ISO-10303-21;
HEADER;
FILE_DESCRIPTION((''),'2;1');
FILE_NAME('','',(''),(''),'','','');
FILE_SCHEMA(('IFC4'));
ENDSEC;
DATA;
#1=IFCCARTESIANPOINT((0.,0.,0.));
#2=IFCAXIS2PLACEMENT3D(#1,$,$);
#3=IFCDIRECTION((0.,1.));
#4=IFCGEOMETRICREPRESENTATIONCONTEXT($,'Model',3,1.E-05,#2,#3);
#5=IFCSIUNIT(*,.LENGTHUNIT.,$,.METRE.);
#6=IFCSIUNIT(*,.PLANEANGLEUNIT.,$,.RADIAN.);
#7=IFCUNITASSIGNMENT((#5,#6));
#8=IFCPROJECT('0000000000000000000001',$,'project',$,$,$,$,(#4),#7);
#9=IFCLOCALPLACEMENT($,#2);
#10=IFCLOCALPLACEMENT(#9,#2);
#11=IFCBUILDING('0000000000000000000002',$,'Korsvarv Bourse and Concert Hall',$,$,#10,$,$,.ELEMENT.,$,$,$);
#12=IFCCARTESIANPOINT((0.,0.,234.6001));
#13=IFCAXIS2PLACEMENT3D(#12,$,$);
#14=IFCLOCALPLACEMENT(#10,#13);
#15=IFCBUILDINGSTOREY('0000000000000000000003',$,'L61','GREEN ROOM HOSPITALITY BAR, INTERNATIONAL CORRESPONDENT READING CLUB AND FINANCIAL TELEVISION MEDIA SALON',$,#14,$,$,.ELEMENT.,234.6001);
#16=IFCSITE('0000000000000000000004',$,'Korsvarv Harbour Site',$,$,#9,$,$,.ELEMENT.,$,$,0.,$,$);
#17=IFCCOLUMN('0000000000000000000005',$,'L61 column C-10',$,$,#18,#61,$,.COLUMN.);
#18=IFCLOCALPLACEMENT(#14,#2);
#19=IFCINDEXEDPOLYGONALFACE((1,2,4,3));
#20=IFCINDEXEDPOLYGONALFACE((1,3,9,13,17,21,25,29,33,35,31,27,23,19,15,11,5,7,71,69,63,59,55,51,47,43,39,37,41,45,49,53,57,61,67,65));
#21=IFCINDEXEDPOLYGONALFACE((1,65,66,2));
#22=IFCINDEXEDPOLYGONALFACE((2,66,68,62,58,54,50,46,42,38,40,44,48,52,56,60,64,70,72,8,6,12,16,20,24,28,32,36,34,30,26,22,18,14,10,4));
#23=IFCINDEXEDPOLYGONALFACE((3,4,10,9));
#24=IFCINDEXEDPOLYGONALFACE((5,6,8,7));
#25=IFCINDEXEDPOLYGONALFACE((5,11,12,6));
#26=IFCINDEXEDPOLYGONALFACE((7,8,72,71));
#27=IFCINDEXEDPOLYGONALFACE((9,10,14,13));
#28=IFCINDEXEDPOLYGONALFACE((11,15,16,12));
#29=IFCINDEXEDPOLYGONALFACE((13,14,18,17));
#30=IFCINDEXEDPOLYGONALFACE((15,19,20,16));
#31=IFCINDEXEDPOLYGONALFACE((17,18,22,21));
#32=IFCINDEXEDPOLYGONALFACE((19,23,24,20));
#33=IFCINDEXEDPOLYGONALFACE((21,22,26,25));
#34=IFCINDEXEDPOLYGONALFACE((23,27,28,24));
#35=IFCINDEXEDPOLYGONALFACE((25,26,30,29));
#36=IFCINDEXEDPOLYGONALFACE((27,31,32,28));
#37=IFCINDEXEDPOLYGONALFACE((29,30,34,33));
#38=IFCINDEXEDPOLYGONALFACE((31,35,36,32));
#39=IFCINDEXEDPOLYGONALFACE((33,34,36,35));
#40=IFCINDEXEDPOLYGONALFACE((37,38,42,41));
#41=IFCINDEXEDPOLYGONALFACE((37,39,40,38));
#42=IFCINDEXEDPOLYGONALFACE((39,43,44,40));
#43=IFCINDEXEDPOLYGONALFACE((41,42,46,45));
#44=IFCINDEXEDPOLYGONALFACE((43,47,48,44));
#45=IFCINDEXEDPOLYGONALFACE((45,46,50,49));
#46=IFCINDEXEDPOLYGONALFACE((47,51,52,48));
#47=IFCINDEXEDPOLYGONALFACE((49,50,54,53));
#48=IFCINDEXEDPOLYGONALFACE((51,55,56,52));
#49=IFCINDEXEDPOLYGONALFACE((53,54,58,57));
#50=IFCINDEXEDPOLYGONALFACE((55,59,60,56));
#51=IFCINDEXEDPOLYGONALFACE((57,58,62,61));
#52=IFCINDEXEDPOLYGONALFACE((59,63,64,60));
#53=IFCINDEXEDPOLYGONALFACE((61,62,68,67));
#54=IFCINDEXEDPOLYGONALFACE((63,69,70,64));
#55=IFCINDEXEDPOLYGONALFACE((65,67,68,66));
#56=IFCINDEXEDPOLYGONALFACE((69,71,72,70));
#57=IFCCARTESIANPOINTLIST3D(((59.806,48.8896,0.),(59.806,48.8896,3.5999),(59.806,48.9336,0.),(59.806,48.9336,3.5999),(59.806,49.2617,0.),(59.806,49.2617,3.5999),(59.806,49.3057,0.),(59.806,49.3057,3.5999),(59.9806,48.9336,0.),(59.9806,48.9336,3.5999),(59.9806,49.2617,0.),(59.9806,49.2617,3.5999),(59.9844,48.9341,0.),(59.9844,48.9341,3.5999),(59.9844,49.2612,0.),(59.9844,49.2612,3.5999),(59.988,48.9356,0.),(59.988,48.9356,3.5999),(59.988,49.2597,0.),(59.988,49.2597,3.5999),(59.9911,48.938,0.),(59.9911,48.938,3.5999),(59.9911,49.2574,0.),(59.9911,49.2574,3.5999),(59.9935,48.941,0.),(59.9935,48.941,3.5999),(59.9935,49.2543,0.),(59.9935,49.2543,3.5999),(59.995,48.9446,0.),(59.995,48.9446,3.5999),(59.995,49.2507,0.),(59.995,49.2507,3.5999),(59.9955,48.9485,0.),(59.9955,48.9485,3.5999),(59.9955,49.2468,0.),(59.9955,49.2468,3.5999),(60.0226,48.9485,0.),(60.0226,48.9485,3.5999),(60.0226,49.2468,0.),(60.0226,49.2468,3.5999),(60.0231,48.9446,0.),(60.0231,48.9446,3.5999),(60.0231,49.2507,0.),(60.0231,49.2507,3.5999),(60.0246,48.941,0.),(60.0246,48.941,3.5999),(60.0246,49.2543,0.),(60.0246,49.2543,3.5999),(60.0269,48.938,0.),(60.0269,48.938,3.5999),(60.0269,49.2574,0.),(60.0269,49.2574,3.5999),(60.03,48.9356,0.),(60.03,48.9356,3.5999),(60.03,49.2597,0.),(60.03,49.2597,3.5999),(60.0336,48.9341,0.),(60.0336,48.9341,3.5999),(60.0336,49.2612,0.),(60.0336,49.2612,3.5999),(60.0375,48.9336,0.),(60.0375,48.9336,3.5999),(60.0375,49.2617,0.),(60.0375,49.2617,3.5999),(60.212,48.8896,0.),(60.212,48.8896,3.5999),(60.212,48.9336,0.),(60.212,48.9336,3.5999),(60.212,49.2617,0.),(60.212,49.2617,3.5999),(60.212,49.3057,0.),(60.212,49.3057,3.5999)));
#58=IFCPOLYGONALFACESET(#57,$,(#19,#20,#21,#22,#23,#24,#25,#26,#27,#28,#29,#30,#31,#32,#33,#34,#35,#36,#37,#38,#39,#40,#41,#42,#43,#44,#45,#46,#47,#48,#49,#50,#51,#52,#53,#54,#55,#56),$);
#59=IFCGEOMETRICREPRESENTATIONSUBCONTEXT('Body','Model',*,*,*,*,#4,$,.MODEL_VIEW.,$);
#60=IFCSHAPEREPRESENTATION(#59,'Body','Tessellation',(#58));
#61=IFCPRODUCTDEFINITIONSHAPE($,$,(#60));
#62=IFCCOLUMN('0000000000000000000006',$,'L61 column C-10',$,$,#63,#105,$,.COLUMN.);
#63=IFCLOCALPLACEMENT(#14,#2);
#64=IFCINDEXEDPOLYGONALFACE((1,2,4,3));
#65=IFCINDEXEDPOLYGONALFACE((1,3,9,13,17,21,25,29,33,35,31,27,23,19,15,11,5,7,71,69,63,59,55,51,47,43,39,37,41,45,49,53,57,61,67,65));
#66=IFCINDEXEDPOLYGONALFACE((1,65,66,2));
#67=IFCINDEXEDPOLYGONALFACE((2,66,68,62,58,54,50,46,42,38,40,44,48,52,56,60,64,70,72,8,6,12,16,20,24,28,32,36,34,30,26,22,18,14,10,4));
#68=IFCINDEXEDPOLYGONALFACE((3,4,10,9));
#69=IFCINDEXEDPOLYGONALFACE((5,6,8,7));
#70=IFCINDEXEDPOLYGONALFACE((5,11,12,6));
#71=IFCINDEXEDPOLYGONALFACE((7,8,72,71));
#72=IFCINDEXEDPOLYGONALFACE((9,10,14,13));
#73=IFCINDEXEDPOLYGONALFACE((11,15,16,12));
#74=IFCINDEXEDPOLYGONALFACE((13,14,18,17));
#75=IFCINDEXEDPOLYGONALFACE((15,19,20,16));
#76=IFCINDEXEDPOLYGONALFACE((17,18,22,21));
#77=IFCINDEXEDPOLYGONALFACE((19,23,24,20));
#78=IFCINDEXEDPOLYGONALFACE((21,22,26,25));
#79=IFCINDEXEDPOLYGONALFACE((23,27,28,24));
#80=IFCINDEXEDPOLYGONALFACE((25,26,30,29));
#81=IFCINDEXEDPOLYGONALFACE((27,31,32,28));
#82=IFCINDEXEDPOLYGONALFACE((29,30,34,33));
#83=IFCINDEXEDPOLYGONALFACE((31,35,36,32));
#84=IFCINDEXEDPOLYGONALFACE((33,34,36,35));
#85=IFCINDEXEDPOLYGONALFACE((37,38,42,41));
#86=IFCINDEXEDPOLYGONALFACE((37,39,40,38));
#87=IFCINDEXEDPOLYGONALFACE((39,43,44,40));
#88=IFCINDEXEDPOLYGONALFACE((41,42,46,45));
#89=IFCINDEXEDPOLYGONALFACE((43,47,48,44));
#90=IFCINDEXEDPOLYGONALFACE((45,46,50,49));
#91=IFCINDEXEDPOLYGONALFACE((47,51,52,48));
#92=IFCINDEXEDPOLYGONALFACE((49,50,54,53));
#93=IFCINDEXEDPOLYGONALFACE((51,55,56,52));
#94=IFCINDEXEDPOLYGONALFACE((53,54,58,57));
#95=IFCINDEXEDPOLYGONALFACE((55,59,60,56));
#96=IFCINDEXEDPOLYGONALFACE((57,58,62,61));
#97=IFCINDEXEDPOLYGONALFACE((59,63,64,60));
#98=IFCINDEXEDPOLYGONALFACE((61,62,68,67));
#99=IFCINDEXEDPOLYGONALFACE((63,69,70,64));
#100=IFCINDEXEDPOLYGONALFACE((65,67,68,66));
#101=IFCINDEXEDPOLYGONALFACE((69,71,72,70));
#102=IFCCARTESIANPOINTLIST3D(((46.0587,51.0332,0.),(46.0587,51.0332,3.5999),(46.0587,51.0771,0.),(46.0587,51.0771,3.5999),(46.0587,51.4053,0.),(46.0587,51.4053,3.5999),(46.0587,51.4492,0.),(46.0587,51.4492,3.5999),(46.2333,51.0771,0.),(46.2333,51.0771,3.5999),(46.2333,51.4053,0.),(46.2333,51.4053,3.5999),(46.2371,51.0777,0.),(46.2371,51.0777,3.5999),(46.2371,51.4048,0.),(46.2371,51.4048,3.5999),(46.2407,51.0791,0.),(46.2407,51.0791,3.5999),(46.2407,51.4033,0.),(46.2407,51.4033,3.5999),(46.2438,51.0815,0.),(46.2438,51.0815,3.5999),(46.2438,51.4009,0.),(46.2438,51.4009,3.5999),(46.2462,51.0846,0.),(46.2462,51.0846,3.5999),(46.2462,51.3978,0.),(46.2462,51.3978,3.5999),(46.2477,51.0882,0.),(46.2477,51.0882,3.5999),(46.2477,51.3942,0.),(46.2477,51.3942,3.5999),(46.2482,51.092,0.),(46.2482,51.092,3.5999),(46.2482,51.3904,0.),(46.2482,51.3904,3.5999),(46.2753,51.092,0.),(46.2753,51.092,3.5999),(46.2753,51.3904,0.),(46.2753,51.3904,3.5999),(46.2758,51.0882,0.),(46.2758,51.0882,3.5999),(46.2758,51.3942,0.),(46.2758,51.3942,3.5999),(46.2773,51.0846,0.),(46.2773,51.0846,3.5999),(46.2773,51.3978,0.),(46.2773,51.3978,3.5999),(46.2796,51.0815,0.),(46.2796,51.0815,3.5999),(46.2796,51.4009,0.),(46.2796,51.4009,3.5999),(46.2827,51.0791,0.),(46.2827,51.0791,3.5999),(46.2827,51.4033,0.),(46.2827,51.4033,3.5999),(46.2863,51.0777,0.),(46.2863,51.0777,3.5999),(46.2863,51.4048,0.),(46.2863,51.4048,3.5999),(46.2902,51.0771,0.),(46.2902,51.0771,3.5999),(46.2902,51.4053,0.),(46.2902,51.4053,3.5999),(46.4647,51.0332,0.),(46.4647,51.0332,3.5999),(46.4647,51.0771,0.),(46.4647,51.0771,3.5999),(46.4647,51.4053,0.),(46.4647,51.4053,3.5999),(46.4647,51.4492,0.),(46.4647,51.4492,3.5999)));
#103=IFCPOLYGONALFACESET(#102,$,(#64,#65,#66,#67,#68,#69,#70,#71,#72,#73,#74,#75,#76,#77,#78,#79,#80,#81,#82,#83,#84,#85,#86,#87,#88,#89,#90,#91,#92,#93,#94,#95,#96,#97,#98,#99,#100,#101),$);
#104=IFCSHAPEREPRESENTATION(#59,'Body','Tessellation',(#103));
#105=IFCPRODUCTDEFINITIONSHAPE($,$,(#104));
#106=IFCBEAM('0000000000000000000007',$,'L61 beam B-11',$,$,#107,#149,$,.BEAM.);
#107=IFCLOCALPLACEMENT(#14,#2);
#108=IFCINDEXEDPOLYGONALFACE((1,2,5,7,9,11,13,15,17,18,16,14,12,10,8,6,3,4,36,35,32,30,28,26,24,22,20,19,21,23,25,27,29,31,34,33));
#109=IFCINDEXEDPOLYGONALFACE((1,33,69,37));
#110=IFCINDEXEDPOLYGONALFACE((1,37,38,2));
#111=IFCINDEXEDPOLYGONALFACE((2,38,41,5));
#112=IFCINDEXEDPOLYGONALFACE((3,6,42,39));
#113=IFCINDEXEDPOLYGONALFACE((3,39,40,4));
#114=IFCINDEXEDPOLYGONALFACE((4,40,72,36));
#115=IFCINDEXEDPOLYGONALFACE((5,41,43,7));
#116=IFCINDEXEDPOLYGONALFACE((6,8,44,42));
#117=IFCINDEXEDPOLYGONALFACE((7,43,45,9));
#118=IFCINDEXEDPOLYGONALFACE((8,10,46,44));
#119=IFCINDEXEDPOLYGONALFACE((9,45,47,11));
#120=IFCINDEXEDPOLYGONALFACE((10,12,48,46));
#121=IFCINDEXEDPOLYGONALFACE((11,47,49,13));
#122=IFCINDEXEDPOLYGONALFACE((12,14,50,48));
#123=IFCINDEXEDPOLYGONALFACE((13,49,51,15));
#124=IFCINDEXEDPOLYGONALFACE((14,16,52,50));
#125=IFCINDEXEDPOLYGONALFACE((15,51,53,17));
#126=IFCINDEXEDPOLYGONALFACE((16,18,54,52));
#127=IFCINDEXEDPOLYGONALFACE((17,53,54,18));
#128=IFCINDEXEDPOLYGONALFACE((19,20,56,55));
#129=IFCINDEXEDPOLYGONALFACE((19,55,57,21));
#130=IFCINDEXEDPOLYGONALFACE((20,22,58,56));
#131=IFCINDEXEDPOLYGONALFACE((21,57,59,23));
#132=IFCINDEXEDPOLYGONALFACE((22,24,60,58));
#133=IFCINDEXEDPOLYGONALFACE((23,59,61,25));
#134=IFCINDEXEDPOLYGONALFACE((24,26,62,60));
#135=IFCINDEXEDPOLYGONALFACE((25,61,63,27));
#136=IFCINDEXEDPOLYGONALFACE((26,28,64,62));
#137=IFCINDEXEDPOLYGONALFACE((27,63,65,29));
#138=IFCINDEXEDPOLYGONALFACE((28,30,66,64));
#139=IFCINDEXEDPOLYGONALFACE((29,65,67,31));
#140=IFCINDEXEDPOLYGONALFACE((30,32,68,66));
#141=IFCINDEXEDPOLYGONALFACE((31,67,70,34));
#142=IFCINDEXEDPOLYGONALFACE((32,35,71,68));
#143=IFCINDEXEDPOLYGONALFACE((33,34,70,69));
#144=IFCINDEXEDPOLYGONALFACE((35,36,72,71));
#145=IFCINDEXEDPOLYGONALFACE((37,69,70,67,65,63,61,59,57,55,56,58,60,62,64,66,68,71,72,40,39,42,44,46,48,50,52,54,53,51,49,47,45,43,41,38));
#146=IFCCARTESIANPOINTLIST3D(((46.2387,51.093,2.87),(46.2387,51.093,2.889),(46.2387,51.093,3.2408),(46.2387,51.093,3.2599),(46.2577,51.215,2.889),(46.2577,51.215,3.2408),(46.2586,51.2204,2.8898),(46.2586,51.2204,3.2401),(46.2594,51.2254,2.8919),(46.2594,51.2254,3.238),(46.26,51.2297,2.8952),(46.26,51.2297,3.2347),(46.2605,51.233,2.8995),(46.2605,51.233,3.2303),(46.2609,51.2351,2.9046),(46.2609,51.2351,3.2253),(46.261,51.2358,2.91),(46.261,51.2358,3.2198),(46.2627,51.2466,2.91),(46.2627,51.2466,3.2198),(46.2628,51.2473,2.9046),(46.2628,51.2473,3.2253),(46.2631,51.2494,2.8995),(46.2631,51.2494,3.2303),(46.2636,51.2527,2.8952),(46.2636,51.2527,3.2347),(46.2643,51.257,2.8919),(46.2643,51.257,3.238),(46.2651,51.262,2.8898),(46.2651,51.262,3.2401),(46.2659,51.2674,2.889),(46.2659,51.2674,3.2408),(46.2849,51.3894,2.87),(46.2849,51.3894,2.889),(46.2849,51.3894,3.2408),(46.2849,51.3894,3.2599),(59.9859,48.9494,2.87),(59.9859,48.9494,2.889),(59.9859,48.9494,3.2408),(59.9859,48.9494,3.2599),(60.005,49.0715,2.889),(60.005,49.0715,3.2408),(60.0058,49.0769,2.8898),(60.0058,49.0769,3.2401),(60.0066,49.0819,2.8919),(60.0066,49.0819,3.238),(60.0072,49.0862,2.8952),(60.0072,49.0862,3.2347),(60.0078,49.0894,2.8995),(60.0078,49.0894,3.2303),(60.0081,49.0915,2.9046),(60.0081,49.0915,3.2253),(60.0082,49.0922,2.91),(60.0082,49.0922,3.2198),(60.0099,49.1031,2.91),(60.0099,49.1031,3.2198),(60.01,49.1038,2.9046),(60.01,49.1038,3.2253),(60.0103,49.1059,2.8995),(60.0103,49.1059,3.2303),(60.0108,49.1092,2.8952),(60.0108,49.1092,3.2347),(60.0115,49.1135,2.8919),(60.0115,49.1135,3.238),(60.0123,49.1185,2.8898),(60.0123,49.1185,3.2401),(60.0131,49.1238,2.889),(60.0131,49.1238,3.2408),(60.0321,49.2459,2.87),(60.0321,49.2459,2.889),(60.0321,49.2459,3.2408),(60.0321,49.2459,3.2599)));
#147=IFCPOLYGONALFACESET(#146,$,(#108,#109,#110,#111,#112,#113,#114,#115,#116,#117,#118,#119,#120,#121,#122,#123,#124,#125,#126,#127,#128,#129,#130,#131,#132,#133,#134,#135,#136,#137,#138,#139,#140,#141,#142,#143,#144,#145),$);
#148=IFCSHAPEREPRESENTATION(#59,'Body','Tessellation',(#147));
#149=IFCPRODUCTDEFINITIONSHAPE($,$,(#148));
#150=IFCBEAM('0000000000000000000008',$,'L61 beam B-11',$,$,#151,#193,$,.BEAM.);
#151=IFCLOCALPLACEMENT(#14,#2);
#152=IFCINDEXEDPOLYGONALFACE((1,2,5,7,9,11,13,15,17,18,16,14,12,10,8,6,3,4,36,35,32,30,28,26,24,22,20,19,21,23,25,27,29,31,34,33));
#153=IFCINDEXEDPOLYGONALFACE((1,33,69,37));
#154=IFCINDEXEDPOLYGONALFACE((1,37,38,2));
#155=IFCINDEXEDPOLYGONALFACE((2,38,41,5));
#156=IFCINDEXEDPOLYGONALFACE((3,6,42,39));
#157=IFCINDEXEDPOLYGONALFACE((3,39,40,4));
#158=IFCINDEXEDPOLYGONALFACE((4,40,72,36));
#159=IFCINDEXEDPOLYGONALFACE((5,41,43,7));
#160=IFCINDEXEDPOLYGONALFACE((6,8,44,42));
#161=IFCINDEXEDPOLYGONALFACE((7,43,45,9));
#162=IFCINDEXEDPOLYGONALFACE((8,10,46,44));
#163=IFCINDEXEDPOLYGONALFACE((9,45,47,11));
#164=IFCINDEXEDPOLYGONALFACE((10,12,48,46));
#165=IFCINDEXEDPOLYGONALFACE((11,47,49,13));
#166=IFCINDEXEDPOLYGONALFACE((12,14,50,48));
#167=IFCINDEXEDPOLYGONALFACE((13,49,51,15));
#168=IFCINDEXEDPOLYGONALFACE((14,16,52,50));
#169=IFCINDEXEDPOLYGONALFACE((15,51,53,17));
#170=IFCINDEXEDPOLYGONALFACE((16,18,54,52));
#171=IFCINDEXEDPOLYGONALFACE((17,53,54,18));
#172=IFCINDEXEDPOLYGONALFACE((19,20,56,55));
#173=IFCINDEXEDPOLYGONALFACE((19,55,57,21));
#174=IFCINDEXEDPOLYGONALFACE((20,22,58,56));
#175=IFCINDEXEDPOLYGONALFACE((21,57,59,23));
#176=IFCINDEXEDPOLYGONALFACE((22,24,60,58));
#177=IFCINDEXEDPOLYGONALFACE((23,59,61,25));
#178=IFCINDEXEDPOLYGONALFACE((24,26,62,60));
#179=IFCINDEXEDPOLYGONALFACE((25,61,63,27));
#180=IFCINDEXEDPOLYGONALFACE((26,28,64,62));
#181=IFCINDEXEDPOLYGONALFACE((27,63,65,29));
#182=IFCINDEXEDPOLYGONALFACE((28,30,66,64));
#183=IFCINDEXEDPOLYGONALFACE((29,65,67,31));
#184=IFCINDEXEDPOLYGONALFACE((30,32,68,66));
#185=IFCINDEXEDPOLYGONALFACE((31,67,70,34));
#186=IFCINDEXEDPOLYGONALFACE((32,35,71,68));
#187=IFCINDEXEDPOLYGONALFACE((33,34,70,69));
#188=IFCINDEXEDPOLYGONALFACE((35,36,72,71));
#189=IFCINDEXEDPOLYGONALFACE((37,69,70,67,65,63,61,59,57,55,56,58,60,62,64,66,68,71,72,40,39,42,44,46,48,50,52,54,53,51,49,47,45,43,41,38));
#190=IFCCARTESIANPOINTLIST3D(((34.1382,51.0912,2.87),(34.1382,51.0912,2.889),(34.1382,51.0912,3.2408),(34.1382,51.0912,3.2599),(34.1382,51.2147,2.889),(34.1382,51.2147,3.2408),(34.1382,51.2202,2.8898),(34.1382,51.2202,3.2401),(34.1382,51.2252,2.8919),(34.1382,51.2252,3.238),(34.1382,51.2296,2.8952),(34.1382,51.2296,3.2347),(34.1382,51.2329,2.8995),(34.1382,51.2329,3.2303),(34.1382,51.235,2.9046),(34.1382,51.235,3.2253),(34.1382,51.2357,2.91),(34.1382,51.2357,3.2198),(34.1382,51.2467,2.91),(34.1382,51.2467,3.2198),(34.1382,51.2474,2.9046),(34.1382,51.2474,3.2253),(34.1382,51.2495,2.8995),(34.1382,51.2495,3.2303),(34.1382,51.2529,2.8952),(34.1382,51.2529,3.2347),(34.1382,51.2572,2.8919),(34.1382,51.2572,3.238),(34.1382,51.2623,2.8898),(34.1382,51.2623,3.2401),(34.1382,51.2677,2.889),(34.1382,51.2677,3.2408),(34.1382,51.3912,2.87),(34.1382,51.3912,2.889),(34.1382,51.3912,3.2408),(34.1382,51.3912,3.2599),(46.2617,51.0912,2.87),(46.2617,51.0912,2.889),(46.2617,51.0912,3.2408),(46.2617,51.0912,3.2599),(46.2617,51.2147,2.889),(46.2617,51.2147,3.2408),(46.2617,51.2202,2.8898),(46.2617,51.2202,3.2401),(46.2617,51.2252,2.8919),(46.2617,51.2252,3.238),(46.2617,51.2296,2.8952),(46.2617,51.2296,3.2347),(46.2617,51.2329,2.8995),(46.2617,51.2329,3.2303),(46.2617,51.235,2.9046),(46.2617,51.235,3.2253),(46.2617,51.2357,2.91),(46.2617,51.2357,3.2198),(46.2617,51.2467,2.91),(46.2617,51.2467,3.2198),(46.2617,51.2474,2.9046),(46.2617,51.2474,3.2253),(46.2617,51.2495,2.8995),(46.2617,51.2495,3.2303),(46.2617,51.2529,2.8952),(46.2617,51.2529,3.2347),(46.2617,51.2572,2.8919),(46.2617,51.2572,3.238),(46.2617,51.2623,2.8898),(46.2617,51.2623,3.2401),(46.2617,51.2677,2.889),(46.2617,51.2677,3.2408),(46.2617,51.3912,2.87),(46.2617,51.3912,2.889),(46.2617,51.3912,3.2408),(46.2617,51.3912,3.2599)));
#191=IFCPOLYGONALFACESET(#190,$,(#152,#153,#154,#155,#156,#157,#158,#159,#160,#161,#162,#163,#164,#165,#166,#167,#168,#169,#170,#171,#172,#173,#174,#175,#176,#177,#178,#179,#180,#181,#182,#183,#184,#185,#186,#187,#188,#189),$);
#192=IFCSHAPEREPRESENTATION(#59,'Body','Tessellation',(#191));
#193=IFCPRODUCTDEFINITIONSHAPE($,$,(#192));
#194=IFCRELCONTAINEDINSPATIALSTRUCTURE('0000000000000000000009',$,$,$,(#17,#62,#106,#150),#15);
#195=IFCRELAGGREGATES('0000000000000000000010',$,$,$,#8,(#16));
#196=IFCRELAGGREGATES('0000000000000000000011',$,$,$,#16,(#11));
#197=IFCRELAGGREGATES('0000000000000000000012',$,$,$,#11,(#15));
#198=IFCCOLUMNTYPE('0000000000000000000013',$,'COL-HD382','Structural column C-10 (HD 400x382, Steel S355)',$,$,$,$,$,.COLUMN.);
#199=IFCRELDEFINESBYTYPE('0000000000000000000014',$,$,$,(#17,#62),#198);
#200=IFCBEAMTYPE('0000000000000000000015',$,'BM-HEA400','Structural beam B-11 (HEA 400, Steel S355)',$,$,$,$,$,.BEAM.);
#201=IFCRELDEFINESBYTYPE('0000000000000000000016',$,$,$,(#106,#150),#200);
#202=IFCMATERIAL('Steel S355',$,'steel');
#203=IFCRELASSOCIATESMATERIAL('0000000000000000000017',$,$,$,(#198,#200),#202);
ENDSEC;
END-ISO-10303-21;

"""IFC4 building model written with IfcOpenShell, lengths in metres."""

from ifc_helpers import new_model, si_unit, direction, frame, origin, origin_2d, place, context, subcontext, project, spatial, i_section, extrude, source, transform, mapped, material, material_profile, profile_set, type_object, element, save


model = new_model("IFC4")

# Units and contexts
model_context = context("Model", 3, precision=1e-05, world=origin(), true_north=direction((0.0, 1.0)))
body_context = subcontext(model_context, "Body", "Model", "MODEL_VIEW")
ifc_project = project(units=[si_unit("LENGTHUNIT", "METRE"), si_unit("PLANEANGLEUNIT", "RADIAN")], contexts=[model_context])

# Site, building, storey
site_placement = place(None, origin())
site = spatial("IfcSite", under=ifc_project, at=site_placement, Name="Korsvarv Harbour Site", CompositionType="ELEMENT", RefElevation=0.0)
building_placement = place(site_placement, origin())
building = spatial("IfcBuilding", under=site, at=building_placement, Name="Korsvarv Bourse and Concert Hall", CompositionType="ELEMENT")
storey_placement = place(building_placement, frame((0.0, 0.0, 234.6001)))
storey = spatial("IfcBuildingStorey", under=building, at=storey_placement, Name="L61", Description="GREEN ROOM HOSPITALITY BAR, INTERNATIONAL CORRESPONDENT READING CLUB AND FINANCIAL TELEVISION MEDIA SALON", CompositionType="ELEMENT", Elevation=234.6001)

# Columns
ifc_material_1 = material(Name="Steel S355", Category="steel")
ifc_material_profile_1 = material_profile(ifc_material_1, i_section(OverallWidth=0.406, OverallDepth=0.416, WebThickness=0.0271, FlangeThickness=0.0439, FilletRadius=0.0149, at=origin_2d()), Name="HD 400x382")
ifc_profile_set_1 = profile_set([ifc_material_profile_1], Name="Steel S355")
column_type = type_object("IfcColumnType", Name="COL-HD382", Description="Structural column C-10 (HD 400x382, Steel S355)", PredefinedType="COLUMN", material=ifc_profile_set_1)
shared_shape_1 = source(origin(), body_context, "Body", "SweptSolid", [
    extrude(i_section(OverallWidth=0.406, OverallDepth=0.416, WebThickness=0.0271, FlangeThickness=0.0439, FilletRadius=0.0149, at=origin_2d()), origin(), (0.0, 0.0, 1.0), 3.5999),
])
for number, where, z_axis, x_axis, name in (
    (1, (60.009, 49.0977, 0.0), (0.0, 0.0, 1.0), (1.0, 0.0, 0.0), "L61 column C-10"),
    (2, (46.2617, 51.2412, 0.0), (0.0, 0.0, 1.0), (1.0, 0.0, 0.0), "L61 column C-10"),
):
    element("IfcColumn", number, at=place(storey_placement, frame(where, z_axis=z_axis, x_axis=x_axis)), inside=storey, type_object=column_type, Name=name, PredefinedType="COLUMN", context=body_context, shape_type="MappedRepresentation", body=[
        mapped(shared_shape_1, transform((0.0, 0.0, 0.0), scale=1.0)),
    ])

# Beams
ifc_material_profile_2 = material_profile(ifc_material_1, i_section(OverallWidth=0.3, OverallDepth=0.3899, WebThickness=0.011, FlangeThickness=0.019, FilletRadius=0.021, at=origin_2d()), Name="HEA 400")
ifc_profile_set_2 = profile_set([ifc_material_profile_2], Name="Steel S355")
beam_type_1 = type_object("IfcBeamType", Name="BM-HEA400", Description="Structural beam B-11 (HEA 400, Steel S355)", PredefinedType="BEAM", material=ifc_profile_set_2)
shared_shape_2 = source(origin(), body_context, "Body", "SweptSolid", [
    extrude(i_section(OverallWidth=0.3, OverallDepth=0.3899, WebThickness=0.011, FlangeThickness=0.019, FilletRadius=0.021, at=origin_2d()), origin(), (0.0, 0.0, 1.0), 13.9133),
])
beam_1_placement = place(storey_placement, frame((60.009, 49.0977, 3.0649), z_axis=(-0.988061, 0.154064, 0.0), x_axis=(-0.154064, -0.988061, 0.0)))
element("IfcBeam", 3, at=beam_1_placement, inside=storey, type_object=beam_type_1, Name="L61 beam B-11", PredefinedType="BEAM", context=body_context, shape_type="MappedRepresentation", body=[
    mapped(shared_shape_2, transform((0.0, 0.0, 0.0), scale=1.0)),
])
shared_shape_3 = source(origin(), body_context, "Body", "SweptSolid", [
    extrude(i_section(OverallWidth=0.3, OverallDepth=0.3899, WebThickness=0.011, FlangeThickness=0.019, FilletRadius=0.021, at=origin_2d()), origin(), (0.0, 0.0, 1.0), 12.1235),
])
beam_2_placement = place(storey_placement, frame((46.2617, 51.2412, 3.0649), z_axis=(-1.0, 0.0, 0.0), x_axis=(0.0, -1.0, 0.0)))
element("IfcBeam", 4, at=beam_2_placement, inside=storey, type_object=beam_type_1, Name="L61 beam B-11", PredefinedType="BEAM", context=body_context, shape_type="MappedRepresentation", body=[
    mapped(shared_shape_3, transform((0.0, 0.0, 0.0), scale=1.0)),
])

save(model, "model.ifc")
